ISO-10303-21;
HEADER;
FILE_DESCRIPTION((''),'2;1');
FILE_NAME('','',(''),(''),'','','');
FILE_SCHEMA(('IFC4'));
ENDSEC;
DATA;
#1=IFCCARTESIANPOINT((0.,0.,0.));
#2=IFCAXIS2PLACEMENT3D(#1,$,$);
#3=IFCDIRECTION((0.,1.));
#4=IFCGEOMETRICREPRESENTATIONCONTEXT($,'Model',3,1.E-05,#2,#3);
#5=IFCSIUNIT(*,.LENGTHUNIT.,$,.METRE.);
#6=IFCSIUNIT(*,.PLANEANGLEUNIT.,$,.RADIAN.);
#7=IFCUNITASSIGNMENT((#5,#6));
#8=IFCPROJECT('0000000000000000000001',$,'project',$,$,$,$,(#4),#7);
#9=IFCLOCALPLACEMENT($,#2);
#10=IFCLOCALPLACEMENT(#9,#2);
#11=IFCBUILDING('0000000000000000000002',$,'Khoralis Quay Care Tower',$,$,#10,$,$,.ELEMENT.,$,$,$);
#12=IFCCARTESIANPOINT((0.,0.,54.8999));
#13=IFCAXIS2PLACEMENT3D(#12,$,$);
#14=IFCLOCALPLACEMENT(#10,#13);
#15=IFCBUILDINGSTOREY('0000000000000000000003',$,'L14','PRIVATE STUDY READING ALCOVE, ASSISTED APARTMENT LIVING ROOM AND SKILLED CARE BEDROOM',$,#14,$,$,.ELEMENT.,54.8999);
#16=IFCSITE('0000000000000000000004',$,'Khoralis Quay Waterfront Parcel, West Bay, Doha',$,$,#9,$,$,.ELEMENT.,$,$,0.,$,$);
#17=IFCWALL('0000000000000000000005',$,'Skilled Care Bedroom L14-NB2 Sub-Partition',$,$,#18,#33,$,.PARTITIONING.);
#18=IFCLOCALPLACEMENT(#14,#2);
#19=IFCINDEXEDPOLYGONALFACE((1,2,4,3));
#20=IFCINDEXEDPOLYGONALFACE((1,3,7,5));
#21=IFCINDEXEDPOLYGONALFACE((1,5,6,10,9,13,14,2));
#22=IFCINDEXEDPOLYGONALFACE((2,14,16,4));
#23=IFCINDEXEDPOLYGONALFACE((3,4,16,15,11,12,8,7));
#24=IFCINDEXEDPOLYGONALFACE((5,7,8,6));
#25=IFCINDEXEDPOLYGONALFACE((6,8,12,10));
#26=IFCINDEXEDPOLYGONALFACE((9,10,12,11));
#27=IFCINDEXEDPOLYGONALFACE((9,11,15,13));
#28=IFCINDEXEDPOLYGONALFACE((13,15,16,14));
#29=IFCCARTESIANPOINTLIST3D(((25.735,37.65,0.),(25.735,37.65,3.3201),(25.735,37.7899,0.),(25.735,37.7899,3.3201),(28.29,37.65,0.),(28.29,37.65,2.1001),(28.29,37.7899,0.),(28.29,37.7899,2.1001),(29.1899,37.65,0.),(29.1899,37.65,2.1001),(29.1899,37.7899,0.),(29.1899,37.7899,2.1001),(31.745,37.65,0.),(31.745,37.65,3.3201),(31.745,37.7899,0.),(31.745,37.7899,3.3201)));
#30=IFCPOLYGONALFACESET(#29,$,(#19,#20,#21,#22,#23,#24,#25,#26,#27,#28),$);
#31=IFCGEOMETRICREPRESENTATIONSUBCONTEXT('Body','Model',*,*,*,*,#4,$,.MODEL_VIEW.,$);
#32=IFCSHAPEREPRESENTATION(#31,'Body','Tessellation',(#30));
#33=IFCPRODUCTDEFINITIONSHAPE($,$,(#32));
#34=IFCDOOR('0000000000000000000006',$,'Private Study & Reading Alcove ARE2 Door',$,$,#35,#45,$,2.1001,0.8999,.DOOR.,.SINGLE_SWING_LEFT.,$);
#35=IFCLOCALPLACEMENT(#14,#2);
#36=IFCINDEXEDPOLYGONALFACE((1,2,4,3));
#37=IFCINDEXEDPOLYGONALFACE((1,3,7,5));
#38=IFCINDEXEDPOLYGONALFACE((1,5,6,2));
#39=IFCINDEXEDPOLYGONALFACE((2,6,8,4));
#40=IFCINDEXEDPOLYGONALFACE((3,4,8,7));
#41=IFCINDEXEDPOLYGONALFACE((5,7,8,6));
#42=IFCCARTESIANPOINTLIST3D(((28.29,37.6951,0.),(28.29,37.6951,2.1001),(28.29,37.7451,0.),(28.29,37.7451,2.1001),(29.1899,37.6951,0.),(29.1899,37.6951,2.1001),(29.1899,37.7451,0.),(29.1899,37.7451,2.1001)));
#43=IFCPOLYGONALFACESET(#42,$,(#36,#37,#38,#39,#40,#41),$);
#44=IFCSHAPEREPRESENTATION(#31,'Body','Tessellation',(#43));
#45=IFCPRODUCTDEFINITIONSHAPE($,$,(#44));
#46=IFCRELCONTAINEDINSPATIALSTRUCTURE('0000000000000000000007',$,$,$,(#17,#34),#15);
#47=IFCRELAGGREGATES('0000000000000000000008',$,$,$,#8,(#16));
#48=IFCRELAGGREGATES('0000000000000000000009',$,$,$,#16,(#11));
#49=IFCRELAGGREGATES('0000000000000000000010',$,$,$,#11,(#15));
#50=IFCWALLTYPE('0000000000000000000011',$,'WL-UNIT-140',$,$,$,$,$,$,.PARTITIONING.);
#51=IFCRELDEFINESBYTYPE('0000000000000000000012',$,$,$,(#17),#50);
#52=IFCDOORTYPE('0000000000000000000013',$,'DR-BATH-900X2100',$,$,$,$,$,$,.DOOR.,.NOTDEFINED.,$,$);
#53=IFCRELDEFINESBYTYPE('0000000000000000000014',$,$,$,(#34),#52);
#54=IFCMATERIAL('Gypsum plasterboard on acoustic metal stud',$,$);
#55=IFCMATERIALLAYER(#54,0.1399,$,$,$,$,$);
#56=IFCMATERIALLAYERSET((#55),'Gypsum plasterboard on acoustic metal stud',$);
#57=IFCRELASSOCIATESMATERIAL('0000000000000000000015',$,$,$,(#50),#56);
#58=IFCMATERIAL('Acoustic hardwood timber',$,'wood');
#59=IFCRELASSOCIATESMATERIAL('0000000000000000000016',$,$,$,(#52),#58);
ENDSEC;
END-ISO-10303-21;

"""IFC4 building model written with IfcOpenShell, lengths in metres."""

from ifc_helpers import new_model, si_unit, direction, frame, frame_2d, origin, place, context, subcontext, project, spatial, rectangle, extrude, source, transform, mapped, material, layer, layer_set, type_object, element, fill, save


model = new_model("IFC4")

# Units and contexts
model_context = context("Model", 3, precision=1e-05, world=origin(), true_north=direction((0.0, 1.0)))
body_context = subcontext(model_context, "Body", "Model", "MODEL_VIEW")
ifc_project = project(units=[si_unit("LENGTHUNIT", "METRE"), si_unit("PLANEANGLEUNIT", "RADIAN")], contexts=[model_context])

# Site, building, storey
site_placement = place(None, origin())
site = spatial("IfcSite", under=ifc_project, at=site_placement, Name="Khoralis Quay Waterfront Parcel, West Bay, Doha", CompositionType="ELEMENT", RefElevation=0.0)
building_placement = place(site_placement, origin())
building = spatial("IfcBuilding", under=site, at=building_placement, Name="Khoralis Quay Care Tower", CompositionType="ELEMENT")
storey_placement = place(building_placement, frame((0.0, 0.0, 54.8999)))
storey = spatial("IfcBuildingStorey", under=building, at=storey_placement, Name="L14", Description="PRIVATE STUDY READING ALCOVE, ASSISTED APARTMENT LIVING ROOM AND SKILLED CARE BEDROOM", CompositionType="ELEMENT", Elevation=54.8999)

# Wall, opening, door
ifc_material_1 = material(Name="Gypsum plasterboard on acoustic metal stud")
ifc_layer_1 = layer(ifc_material_1, 0.1399)
ifc_layer_set_1 = layer_set([ifc_layer_1], Name="Gypsum plasterboard on acoustic metal stud")
wall_type_1 = type_object("IfcWallType", Name="WL-UNIT-140", PredefinedType="PARTITIONING", material=ifc_layer_set_1)
wall_1_placement = place(storey_placement, frame((25.7351, 37.72, 0.0), z_axis=(0.0, 0.0, 1.0), x_axis=(1.0, 0.0, 0.0)))
wall_1 = element("IfcWall", 1, at=wall_1_placement, inside=storey, type_object=wall_type_1, Name="Skilled Care Bedroom L14-NB2 Sub-Partition", PredefinedType="PARTITIONING", context=body_context, shape_type="SweptSolid", body=[
    extrude(rectangle(XDim=6.01, YDim=0.1399, at=frame_2d((3.0049, 0.0))), origin(), (0.0, 0.0, 1.0), 3.3201),
])
opening_placement = place(wall_1_placement, frame((2.5549, 0.0, 0.0)))
opening = element("IfcOpeningElement", 2, at=opening_placement, cuts=wall_1, PredefinedType="OPENING", context=body_context, shape_type="SweptSolid", body=[
    extrude(rectangle(XDim=0.8999, YDim=2.1001, at=frame_2d((0.45, 1.05))), frame((0.0, 0.0801, 0.0), z_axis=(0.0, -1.0, 0.0), x_axis=(1.0, 0.0, 0.0)), (0.0, 0.0, 1.0), 0.1599),
])
ifc_material_2 = material(Name="Acoustic hardwood timber", Category="wood")
door_type = type_object("IfcDoorType", Name="DR-BATH-900X2100", OperationType="NOTDEFINED", PredefinedType="DOOR", material=ifc_material_2)
shared_shape_1 = source(origin(), body_context, "Body", "SweptSolid", [
    extrude(rectangle(XDim=0.8999, YDim=2.1001, at=frame_2d((0.45, 1.05))), frame((0.0, 0.0249, 0.0), z_axis=(0.0, -1.0, 0.0), x_axis=(1.0, 0.0, 0.0)), (0.0, 0.0, 1.0), 0.05),
])
door_placement = place(opening_placement, frame((0.8999, 0.0, 0.0), z_axis=(0.0, 0.0, 1.0), x_axis=(-1.0, 0.0, 0.0)))
door = element("IfcDoor", 3, at=door_placement, inside=storey, type_object=door_type, Name="Private Study & Reading Alcove ARE2 Door", OperationType="SINGLE_SWING_LEFT", OverallHeight=2.1001, OverallWidth=0.8999, PredefinedType="DOOR", context=body_context, shape_type="MappedRepresentation", body=[
    mapped(shared_shape_1, transform((0.0, 0.0, 0.0), scale=1.0)),
])
fill(opening, door)

save(model, "model.ifc")
